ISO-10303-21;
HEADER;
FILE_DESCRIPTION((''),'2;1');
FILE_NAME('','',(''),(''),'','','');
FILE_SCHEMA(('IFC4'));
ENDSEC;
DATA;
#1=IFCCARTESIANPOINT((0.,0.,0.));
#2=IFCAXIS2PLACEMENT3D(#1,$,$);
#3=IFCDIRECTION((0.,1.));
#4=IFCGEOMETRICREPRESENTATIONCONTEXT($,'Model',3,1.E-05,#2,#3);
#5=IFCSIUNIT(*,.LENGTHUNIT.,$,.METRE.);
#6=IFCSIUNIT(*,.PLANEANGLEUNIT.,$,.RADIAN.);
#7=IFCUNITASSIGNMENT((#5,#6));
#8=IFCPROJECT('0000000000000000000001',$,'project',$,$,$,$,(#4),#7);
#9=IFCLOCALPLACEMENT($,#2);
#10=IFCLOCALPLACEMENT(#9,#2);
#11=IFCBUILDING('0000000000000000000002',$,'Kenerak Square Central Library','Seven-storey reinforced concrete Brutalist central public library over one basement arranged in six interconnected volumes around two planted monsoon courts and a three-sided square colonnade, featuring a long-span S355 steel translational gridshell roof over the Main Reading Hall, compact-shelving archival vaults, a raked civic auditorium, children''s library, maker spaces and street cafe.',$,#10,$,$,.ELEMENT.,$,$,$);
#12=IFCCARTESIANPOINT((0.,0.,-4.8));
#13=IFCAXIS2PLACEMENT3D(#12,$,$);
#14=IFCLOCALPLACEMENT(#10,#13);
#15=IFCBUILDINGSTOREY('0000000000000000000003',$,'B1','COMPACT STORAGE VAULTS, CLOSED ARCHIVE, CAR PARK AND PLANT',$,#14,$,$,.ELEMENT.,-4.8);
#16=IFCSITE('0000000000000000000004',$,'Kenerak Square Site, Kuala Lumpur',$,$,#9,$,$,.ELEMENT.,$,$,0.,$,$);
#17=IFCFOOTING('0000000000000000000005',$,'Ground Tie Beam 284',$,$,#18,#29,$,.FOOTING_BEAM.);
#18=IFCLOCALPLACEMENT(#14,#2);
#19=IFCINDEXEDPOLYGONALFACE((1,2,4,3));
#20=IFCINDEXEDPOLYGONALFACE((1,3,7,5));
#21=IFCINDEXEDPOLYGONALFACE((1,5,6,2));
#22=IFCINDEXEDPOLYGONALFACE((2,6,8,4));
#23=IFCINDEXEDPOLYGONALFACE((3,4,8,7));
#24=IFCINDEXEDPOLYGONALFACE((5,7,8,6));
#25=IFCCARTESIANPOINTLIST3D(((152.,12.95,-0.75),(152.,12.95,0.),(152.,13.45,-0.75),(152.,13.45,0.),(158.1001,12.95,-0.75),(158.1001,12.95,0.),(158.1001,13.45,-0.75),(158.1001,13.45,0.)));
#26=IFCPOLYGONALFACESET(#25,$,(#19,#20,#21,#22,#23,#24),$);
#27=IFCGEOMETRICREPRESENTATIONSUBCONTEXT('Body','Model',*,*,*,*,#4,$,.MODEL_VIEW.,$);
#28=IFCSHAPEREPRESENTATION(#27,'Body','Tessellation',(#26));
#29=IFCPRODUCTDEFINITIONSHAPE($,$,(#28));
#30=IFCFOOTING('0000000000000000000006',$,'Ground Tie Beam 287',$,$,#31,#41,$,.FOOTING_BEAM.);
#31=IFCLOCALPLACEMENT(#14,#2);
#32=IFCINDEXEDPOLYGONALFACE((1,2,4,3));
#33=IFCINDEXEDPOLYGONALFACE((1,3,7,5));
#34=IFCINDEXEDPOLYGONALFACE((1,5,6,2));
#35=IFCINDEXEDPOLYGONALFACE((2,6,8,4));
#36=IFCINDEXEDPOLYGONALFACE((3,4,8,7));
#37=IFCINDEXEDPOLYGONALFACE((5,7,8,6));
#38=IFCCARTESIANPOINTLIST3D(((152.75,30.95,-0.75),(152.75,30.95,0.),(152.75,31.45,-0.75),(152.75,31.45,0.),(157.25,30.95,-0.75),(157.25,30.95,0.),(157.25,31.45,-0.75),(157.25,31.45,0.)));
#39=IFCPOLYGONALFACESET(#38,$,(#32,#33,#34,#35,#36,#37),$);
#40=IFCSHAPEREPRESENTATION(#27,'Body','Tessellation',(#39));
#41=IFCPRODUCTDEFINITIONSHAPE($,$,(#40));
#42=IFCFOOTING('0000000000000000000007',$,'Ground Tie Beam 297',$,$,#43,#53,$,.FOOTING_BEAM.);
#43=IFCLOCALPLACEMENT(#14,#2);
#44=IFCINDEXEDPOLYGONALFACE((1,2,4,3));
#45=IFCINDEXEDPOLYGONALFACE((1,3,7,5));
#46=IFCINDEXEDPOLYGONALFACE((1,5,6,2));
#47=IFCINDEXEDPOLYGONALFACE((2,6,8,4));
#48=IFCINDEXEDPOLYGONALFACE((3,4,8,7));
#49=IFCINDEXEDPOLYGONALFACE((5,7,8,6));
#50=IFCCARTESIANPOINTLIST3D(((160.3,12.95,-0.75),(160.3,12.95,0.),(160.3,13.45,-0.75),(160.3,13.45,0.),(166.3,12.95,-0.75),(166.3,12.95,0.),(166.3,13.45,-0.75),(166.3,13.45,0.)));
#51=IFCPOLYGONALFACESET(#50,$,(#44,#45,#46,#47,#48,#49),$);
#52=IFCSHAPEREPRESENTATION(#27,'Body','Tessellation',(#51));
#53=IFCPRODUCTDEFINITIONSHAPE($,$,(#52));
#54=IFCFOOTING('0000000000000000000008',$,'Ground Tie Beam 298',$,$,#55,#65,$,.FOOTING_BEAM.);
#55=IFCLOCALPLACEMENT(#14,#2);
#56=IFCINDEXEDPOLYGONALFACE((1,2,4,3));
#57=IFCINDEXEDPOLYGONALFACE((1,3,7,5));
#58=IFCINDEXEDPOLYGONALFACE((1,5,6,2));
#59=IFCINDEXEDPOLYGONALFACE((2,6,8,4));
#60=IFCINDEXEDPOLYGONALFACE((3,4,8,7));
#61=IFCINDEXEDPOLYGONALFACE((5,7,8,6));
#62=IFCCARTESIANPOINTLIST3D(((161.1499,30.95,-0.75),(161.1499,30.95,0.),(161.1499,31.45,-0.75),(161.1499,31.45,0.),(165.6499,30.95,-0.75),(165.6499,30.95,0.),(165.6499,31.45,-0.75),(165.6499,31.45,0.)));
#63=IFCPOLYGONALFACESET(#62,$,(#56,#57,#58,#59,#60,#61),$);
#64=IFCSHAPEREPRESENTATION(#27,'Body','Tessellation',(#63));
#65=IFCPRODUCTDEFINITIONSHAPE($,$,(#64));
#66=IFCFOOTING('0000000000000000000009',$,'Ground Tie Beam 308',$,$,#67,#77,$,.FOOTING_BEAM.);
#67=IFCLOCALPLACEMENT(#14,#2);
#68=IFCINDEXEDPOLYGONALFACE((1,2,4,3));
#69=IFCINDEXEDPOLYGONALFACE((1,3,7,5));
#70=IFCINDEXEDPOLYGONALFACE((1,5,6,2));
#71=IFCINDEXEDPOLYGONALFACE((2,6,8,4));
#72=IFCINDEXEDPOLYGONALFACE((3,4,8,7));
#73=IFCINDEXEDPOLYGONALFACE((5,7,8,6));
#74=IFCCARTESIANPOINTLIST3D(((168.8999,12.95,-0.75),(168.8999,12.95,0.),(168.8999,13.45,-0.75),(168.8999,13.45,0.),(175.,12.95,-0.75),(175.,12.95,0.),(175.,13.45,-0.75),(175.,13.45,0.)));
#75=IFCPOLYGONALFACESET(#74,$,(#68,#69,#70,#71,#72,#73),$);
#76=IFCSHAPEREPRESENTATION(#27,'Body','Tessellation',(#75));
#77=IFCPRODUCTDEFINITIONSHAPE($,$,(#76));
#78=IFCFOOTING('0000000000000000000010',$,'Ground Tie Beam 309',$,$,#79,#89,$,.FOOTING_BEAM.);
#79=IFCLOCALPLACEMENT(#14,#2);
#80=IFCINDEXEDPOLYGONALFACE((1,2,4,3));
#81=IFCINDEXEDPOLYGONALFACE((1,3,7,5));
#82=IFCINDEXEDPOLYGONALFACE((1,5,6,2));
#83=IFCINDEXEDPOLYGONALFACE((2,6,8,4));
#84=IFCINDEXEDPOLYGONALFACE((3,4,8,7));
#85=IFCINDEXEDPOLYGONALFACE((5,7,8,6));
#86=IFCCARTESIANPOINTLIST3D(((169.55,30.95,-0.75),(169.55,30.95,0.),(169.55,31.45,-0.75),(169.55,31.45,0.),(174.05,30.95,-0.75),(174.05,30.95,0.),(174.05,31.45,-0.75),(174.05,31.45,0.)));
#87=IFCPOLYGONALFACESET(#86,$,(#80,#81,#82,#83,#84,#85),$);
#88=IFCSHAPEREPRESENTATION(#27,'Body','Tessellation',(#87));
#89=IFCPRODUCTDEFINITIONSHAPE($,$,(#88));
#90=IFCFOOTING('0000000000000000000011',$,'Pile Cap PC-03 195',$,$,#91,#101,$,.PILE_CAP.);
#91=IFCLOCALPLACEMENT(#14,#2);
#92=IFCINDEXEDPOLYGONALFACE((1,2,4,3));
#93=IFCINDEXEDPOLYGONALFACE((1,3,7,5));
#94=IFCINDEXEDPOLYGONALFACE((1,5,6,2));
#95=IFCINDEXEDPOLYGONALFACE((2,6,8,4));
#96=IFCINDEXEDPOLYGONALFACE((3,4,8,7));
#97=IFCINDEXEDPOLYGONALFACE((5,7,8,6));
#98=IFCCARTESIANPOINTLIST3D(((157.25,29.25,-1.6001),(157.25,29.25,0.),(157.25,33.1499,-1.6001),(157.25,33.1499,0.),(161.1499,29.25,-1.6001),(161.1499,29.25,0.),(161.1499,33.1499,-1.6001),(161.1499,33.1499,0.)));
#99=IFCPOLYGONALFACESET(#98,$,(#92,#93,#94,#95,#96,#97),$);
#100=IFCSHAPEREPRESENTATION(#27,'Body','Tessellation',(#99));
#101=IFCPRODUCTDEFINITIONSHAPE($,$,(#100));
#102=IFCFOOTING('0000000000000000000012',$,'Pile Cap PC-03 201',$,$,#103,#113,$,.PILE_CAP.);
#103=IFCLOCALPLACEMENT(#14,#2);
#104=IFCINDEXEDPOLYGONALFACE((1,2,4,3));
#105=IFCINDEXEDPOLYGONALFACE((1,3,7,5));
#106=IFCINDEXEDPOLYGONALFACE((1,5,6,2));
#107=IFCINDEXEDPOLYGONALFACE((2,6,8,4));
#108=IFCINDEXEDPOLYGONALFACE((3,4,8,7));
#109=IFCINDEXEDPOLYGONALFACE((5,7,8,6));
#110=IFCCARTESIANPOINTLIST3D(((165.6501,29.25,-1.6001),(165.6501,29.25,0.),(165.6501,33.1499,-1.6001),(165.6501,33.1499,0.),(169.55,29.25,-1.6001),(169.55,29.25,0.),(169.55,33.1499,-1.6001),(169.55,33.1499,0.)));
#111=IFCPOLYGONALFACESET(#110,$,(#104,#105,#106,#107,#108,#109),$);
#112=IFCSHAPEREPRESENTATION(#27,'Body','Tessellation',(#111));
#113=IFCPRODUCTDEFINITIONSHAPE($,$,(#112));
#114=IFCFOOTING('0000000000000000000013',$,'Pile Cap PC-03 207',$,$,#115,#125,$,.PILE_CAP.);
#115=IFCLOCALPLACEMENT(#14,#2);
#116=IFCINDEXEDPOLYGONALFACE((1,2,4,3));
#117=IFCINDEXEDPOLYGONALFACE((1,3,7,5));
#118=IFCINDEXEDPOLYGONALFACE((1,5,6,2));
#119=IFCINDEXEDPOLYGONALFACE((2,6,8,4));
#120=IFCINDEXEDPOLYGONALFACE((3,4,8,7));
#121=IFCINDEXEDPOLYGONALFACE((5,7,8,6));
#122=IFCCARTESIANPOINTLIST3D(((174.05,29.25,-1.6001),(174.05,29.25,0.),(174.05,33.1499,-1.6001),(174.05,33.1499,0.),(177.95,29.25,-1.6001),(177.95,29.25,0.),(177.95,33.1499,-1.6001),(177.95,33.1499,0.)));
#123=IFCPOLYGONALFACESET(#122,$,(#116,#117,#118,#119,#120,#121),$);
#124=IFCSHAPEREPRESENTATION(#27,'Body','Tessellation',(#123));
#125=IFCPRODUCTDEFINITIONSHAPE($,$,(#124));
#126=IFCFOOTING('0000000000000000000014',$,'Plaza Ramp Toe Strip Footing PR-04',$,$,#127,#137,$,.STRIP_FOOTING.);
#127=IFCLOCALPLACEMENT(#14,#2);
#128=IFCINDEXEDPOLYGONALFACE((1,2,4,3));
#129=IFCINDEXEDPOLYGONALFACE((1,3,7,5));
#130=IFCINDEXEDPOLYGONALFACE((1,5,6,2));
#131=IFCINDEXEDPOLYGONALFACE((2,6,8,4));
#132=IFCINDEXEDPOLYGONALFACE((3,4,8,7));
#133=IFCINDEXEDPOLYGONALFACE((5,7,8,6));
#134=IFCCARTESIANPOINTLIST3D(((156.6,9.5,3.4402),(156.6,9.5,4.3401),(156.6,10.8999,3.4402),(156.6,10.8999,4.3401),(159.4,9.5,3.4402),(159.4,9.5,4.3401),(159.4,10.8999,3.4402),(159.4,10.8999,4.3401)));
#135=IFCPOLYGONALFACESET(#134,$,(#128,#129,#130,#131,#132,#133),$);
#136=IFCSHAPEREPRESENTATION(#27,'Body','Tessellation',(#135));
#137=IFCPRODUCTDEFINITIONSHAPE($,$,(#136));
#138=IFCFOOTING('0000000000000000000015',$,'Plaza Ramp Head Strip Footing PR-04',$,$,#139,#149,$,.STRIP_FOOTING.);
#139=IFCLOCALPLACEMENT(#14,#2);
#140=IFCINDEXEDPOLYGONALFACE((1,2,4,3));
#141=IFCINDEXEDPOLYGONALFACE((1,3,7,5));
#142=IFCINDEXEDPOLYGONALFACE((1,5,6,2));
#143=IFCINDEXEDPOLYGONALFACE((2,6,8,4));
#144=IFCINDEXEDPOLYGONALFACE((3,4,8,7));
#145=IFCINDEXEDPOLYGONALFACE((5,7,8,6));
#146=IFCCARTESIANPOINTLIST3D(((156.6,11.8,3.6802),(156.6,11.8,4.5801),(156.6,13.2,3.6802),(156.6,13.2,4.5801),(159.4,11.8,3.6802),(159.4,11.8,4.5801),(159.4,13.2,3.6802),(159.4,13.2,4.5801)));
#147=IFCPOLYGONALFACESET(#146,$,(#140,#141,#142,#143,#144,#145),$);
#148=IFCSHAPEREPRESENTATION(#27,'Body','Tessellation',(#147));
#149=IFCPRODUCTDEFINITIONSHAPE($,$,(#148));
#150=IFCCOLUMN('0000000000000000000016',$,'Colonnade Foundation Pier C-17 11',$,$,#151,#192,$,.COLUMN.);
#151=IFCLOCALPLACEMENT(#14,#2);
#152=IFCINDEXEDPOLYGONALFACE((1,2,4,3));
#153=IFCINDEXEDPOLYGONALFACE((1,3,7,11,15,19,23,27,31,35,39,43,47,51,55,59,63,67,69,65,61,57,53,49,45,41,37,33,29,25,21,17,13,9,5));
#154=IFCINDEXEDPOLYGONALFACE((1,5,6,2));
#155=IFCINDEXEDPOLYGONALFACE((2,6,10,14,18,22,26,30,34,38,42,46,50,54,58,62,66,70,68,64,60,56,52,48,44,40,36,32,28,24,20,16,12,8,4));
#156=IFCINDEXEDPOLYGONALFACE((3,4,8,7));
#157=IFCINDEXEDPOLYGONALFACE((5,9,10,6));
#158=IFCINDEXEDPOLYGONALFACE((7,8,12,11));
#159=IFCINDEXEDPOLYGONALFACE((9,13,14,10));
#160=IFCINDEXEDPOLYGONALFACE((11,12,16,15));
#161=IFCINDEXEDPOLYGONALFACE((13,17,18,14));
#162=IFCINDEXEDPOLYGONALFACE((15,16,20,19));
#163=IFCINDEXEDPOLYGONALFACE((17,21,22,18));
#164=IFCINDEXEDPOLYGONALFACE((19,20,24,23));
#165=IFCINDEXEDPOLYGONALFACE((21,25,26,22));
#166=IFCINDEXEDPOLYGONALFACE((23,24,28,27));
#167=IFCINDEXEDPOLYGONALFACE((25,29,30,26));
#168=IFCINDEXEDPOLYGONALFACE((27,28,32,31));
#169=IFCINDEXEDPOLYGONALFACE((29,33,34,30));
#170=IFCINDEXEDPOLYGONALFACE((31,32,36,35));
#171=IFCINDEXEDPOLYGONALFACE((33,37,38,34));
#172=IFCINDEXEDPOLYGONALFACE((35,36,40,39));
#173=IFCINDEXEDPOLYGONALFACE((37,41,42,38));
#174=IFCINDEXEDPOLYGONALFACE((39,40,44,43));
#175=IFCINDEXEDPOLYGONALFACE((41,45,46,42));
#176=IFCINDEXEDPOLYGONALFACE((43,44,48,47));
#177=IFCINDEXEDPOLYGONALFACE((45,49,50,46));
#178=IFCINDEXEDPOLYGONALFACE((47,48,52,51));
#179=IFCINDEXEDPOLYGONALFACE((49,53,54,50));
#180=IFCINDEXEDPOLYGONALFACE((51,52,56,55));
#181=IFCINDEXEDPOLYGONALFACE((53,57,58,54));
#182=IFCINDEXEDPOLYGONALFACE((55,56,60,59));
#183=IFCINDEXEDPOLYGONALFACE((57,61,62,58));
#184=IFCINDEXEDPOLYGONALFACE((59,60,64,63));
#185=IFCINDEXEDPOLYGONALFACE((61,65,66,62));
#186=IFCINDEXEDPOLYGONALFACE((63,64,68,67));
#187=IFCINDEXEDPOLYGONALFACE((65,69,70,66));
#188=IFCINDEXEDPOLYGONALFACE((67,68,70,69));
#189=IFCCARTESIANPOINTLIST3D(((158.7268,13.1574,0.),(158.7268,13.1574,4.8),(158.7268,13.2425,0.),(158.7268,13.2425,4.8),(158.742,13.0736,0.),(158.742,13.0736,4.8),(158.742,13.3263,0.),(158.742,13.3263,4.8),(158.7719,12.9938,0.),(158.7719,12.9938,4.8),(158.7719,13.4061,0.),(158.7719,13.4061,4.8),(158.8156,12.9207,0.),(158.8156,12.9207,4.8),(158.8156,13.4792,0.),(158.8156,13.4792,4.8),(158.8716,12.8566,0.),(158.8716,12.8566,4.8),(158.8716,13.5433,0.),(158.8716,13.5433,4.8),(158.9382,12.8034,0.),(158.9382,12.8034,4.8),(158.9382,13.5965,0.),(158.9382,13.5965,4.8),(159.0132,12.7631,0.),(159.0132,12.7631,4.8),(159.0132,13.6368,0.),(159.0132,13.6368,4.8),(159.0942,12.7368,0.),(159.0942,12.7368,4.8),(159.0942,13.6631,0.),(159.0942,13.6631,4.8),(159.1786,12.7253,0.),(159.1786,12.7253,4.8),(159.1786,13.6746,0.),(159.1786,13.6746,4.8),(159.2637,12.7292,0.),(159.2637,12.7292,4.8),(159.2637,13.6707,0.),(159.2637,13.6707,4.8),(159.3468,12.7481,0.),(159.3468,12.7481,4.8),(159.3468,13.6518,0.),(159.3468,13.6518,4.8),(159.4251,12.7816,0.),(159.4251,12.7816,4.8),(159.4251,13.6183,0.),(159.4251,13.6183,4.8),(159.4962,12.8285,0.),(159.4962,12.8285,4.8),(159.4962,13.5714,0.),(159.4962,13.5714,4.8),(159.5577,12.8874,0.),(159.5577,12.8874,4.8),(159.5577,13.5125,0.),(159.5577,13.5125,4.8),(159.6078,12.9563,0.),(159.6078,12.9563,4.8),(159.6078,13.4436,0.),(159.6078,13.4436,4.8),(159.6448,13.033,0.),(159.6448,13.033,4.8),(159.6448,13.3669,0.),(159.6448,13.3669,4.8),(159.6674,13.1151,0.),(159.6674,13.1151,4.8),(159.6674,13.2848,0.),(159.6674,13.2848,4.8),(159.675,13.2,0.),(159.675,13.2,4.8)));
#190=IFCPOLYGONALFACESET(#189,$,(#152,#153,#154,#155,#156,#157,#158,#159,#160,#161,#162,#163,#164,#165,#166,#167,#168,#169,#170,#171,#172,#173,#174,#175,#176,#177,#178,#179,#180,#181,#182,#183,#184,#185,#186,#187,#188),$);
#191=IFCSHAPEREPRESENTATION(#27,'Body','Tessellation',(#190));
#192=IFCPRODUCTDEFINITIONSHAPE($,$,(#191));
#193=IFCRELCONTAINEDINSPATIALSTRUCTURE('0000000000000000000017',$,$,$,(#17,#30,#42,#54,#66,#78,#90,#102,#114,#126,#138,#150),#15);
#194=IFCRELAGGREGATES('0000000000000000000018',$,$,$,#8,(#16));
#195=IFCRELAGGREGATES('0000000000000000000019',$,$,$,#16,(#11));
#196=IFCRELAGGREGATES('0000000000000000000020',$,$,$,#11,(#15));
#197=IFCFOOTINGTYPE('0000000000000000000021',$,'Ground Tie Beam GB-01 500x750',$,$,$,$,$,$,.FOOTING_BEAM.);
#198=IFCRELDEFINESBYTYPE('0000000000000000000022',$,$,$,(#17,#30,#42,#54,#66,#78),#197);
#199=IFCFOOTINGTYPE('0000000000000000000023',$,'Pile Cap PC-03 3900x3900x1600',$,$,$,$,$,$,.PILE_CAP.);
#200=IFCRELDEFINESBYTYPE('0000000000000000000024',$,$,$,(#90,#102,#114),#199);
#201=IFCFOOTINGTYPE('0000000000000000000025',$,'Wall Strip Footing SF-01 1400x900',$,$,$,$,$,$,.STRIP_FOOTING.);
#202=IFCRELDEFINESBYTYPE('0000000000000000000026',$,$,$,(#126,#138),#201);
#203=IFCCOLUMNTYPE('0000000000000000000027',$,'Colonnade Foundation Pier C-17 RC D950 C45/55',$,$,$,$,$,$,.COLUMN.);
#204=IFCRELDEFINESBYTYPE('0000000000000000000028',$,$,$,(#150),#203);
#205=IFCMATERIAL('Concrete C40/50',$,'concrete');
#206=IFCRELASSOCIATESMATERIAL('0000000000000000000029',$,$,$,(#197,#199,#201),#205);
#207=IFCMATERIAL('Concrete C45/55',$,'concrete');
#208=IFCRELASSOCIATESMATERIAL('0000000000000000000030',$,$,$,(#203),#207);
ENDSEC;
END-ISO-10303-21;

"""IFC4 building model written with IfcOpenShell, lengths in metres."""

from ifc_helpers import new_model, si_unit, direction, frame, origin, origin_2d, place, context, subcontext, project, spatial, rectangle, circle, extrude, material, material_profile, profile_set, type_object, element, save


model = new_model("IFC4")

# Units and contexts
model_context = context("Model", 3, precision=1e-05, world=origin(), true_north=direction((0.0, 1.0)))
body_context = subcontext(model_context, "Body", "Model", "MODEL_VIEW")
ifc_project = project(units=[si_unit("LENGTHUNIT", "METRE"), si_unit("PLANEANGLEUNIT", "RADIAN")], contexts=[model_context])

# Site, building, storey
site_placement = place(None, origin())
site = spatial("IfcSite", under=ifc_project, at=site_placement, Name="Kenerak Square Site, Kuala Lumpur", CompositionType="ELEMENT", RefElevation=0.0)
building_placement = place(site_placement, origin())
building = spatial("IfcBuilding", under=site, at=building_placement, Name="Kenerak Square Central Library", Description="Seven-storey reinforced concrete Brutalist central public library over one basement arranged in six interconnected volumes around two planted monsoon courts and a three-sided square colonnade, featuring a long-span S355 steel translational gridshell roof over the Main Reading Hall, compact-shelving archival vaults, a raked civic auditorium, children's library, maker spaces and street cafe.", CompositionType="ELEMENT")
storey_placement = place(building_placement, frame((0.0, 0.0, -4.8)))
storey = spatial("IfcBuildingStorey", under=building, at=storey_placement, Name="B1", Description="COMPACT STORAGE VAULTS, CLOSED ARCHIVE, CAR PARK AND PLANT", CompositionType="ELEMENT", Elevation=-4.8)

# Shared definitions
ifc_material_1 = material(Name="Concrete C40/50", Category="concrete")

# Footings
footing_type_1 = type_object("IfcFootingType", Name="Ground Tie Beam GB-01 500x750", PredefinedType="FOOTING_BEAM", material=ifc_material_1)
footing_1_placement = place(storey_placement, frame((155.05, 13.2, -0.75), z_axis=(0.0, 0.0, 1.0), x_axis=(1.0, 0.0, 0.0)))
element("IfcFooting", 1, at=footing_1_placement, inside=storey, type_object=footing_type_1, Name="Ground Tie Beam 284", PredefinedType="FOOTING_BEAM", context=body_context, shape_type="SweptSolid", body=[
    extrude(rectangle(XDim=6.1001, YDim=0.5, at=origin_2d()), origin(), (0.0, 0.0, 1.0), 0.75),
])
footing_2_placement = place(storey_placement, frame((155.0, 31.2, -0.75), z_axis=(0.0, 0.0, 1.0), x_axis=(1.0, 0.0, 0.0)))
element("IfcFooting", 2, at=footing_2_placement, inside=storey, type_object=footing_type_1, Name="Ground Tie Beam 287", PredefinedType="FOOTING_BEAM", context=body_context, shape_type="SweptSolid", body=[
    extrude(rectangle(XDim=4.5, YDim=0.5, at=origin_2d()), origin(), (0.0, 0.0, 1.0), 0.75),
])
footing_3_placement = place(storey_placement, frame((163.3, 13.2, -0.75), z_axis=(0.0, 0.0, 1.0), x_axis=(1.0, 0.0, 0.0)))
element("IfcFooting", 3, at=footing_3_placement, inside=storey, type_object=footing_type_1, Name="Ground Tie Beam 297", PredefinedType="FOOTING_BEAM", context=body_context, shape_type="SweptSolid", body=[
    extrude(rectangle(XDim=6.0, YDim=0.5, at=origin_2d()), origin(), (0.0, 0.0, 1.0), 0.75),
])
footing_4_placement = place(storey_placement, frame((163.3999, 31.2, -0.75), z_axis=(0.0, 0.0, 1.0), x_axis=(1.0, 0.0, 0.0)))
element("IfcFooting", 4, at=footing_4_placement, inside=storey, type_object=footing_type_1, Name="Ground Tie Beam 298", PredefinedType="FOOTING_BEAM", context=body_context, shape_type="SweptSolid", body=[
    extrude(rectangle(XDim=4.5, YDim=0.5, at=origin_2d()), origin(), (0.0, 0.0, 1.0), 0.75),
])
footing_5_placement = place(storey_placement, frame((171.95, 13.2, -0.75), z_axis=(0.0, 0.0, 1.0), x_axis=(1.0, 0.0, 0.0)))
element("IfcFooting", 5, at=footing_5_placement, inside=storey, type_object=footing_type_1, Name="Ground Tie Beam 308", PredefinedType="FOOTING_BEAM", context=body_context, shape_type="SweptSolid", body=[
    extrude(rectangle(XDim=6.1001, YDim=0.5, at=origin_2d()), origin(), (0.0, 0.0, 1.0), 0.75),
])
footing_6_placement = place(storey_placement, frame((171.8, 31.2, -0.75), z_axis=(0.0, 0.0, 1.0), x_axis=(1.0, 0.0, 0.0)))
element("IfcFooting", 6, at=footing_6_placement, inside=storey, type_object=footing_type_1, Name="Ground Tie Beam 309", PredefinedType="FOOTING_BEAM", context=body_context, shape_type="SweptSolid", body=[
    extrude(rectangle(XDim=4.5, YDim=0.5, at=origin_2d()), origin(), (0.0, 0.0, 1.0), 0.75),
])
footing_type_2 = type_object("IfcFootingType", Name="Pile Cap PC-03 3900x3900x1600", PredefinedType="PILE_CAP", material=ifc_material_1)
for number, where, z_axis, x_axis, name in (
    (7, (159.2, 31.2, -1.6001), (0.0, 0.0, 1.0), (1.0, 0.0, 0.0), "Pile Cap PC-03 195"),
    (8, (167.6001, 31.2, -1.6001), (0.0, 0.0, 1.0), (1.0, 0.0, 0.0), "Pile Cap PC-03 201"),
    (9, (176.0, 31.2, -1.6001), (0.0, 0.0, 1.0), (1.0, 0.0, 0.0), "Pile Cap PC-03 207"),
):
    element("IfcFooting", number, at=place(storey_placement, frame(where, z_axis=z_axis, x_axis=x_axis)), inside=storey, type_object=footing_type_2, Name=name, PredefinedType="PILE_CAP", context=body_context, shape_type="SweptSolid", body=[
        extrude(rectangle(XDim=3.8999, YDim=3.8999, at=origin_2d()), origin(), (0.0, 0.0, 1.0), 1.6001),
    ])
footing_type_3 = type_object("IfcFootingType", Name="Wall Strip Footing SF-01 1400x900", PredefinedType="STRIP_FOOTING", material=ifc_material_1)
for number, where, z_axis, x_axis, name in (
    (10, (158.0, 10.2, 3.4402), (0.0, 0.0, 1.0), (1.0, 0.0, 0.0), "Plaza Ramp Toe Strip Footing PR-04"),
    (11, (158.0, 12.5, 3.6802), (0.0, 0.0, 1.0), (1.0, 0.0, 0.0), "Plaza Ramp Head Strip Footing PR-04"),
):
    element("IfcFooting", number, at=place(storey_placement, frame(where, z_axis=z_axis, x_axis=x_axis)), inside=storey, type_object=footing_type_3, Name=name, PredefinedType="STRIP_FOOTING", context=body_context, shape_type="SweptSolid", body=[
        extrude(rectangle(XDim=2.8, YDim=1.3999, at=origin_2d()), origin(), (0.0, 0.0, 1.0), 0.8999),
    ])

# Column
ifc_material_2 = material(Name="Concrete C45/55", Category="concrete")
ifc_material_profile_1 = material_profile(ifc_material_2, circle(Radius=0.4751, at=origin_2d()), Name="RC D950")
ifc_profile_set_1 = profile_set([ifc_material_profile_1], Name="Concrete C45/55")
column_type_1 = type_object("IfcColumnType", Name="Colonnade Foundation Pier C-17 RC D950 C45/55", PredefinedType="COLUMN", material=ifc_profile_set_1)
for number, where, z_axis, x_axis, name in (
    (12, (159.2, 13.2, 0.0), (0.0, 0.0, 1.0), (1.0, 0.0, 0.0), "Colonnade Foundation Pier C-17 11"),
):
    element("IfcColumn", number, at=place(storey_placement, frame(where, z_axis=z_axis, x_axis=x_axis)), inside=storey, type_object=column_type_1, Name=name, PredefinedType="COLUMN", context=body_context, shape_type="SweptSolid", body=[
        extrude(circle(Radius=0.4751, at=origin_2d()), origin(), (0.0, 0.0, 1.0), 4.8),
    ])

save(model, "model.ifc")
